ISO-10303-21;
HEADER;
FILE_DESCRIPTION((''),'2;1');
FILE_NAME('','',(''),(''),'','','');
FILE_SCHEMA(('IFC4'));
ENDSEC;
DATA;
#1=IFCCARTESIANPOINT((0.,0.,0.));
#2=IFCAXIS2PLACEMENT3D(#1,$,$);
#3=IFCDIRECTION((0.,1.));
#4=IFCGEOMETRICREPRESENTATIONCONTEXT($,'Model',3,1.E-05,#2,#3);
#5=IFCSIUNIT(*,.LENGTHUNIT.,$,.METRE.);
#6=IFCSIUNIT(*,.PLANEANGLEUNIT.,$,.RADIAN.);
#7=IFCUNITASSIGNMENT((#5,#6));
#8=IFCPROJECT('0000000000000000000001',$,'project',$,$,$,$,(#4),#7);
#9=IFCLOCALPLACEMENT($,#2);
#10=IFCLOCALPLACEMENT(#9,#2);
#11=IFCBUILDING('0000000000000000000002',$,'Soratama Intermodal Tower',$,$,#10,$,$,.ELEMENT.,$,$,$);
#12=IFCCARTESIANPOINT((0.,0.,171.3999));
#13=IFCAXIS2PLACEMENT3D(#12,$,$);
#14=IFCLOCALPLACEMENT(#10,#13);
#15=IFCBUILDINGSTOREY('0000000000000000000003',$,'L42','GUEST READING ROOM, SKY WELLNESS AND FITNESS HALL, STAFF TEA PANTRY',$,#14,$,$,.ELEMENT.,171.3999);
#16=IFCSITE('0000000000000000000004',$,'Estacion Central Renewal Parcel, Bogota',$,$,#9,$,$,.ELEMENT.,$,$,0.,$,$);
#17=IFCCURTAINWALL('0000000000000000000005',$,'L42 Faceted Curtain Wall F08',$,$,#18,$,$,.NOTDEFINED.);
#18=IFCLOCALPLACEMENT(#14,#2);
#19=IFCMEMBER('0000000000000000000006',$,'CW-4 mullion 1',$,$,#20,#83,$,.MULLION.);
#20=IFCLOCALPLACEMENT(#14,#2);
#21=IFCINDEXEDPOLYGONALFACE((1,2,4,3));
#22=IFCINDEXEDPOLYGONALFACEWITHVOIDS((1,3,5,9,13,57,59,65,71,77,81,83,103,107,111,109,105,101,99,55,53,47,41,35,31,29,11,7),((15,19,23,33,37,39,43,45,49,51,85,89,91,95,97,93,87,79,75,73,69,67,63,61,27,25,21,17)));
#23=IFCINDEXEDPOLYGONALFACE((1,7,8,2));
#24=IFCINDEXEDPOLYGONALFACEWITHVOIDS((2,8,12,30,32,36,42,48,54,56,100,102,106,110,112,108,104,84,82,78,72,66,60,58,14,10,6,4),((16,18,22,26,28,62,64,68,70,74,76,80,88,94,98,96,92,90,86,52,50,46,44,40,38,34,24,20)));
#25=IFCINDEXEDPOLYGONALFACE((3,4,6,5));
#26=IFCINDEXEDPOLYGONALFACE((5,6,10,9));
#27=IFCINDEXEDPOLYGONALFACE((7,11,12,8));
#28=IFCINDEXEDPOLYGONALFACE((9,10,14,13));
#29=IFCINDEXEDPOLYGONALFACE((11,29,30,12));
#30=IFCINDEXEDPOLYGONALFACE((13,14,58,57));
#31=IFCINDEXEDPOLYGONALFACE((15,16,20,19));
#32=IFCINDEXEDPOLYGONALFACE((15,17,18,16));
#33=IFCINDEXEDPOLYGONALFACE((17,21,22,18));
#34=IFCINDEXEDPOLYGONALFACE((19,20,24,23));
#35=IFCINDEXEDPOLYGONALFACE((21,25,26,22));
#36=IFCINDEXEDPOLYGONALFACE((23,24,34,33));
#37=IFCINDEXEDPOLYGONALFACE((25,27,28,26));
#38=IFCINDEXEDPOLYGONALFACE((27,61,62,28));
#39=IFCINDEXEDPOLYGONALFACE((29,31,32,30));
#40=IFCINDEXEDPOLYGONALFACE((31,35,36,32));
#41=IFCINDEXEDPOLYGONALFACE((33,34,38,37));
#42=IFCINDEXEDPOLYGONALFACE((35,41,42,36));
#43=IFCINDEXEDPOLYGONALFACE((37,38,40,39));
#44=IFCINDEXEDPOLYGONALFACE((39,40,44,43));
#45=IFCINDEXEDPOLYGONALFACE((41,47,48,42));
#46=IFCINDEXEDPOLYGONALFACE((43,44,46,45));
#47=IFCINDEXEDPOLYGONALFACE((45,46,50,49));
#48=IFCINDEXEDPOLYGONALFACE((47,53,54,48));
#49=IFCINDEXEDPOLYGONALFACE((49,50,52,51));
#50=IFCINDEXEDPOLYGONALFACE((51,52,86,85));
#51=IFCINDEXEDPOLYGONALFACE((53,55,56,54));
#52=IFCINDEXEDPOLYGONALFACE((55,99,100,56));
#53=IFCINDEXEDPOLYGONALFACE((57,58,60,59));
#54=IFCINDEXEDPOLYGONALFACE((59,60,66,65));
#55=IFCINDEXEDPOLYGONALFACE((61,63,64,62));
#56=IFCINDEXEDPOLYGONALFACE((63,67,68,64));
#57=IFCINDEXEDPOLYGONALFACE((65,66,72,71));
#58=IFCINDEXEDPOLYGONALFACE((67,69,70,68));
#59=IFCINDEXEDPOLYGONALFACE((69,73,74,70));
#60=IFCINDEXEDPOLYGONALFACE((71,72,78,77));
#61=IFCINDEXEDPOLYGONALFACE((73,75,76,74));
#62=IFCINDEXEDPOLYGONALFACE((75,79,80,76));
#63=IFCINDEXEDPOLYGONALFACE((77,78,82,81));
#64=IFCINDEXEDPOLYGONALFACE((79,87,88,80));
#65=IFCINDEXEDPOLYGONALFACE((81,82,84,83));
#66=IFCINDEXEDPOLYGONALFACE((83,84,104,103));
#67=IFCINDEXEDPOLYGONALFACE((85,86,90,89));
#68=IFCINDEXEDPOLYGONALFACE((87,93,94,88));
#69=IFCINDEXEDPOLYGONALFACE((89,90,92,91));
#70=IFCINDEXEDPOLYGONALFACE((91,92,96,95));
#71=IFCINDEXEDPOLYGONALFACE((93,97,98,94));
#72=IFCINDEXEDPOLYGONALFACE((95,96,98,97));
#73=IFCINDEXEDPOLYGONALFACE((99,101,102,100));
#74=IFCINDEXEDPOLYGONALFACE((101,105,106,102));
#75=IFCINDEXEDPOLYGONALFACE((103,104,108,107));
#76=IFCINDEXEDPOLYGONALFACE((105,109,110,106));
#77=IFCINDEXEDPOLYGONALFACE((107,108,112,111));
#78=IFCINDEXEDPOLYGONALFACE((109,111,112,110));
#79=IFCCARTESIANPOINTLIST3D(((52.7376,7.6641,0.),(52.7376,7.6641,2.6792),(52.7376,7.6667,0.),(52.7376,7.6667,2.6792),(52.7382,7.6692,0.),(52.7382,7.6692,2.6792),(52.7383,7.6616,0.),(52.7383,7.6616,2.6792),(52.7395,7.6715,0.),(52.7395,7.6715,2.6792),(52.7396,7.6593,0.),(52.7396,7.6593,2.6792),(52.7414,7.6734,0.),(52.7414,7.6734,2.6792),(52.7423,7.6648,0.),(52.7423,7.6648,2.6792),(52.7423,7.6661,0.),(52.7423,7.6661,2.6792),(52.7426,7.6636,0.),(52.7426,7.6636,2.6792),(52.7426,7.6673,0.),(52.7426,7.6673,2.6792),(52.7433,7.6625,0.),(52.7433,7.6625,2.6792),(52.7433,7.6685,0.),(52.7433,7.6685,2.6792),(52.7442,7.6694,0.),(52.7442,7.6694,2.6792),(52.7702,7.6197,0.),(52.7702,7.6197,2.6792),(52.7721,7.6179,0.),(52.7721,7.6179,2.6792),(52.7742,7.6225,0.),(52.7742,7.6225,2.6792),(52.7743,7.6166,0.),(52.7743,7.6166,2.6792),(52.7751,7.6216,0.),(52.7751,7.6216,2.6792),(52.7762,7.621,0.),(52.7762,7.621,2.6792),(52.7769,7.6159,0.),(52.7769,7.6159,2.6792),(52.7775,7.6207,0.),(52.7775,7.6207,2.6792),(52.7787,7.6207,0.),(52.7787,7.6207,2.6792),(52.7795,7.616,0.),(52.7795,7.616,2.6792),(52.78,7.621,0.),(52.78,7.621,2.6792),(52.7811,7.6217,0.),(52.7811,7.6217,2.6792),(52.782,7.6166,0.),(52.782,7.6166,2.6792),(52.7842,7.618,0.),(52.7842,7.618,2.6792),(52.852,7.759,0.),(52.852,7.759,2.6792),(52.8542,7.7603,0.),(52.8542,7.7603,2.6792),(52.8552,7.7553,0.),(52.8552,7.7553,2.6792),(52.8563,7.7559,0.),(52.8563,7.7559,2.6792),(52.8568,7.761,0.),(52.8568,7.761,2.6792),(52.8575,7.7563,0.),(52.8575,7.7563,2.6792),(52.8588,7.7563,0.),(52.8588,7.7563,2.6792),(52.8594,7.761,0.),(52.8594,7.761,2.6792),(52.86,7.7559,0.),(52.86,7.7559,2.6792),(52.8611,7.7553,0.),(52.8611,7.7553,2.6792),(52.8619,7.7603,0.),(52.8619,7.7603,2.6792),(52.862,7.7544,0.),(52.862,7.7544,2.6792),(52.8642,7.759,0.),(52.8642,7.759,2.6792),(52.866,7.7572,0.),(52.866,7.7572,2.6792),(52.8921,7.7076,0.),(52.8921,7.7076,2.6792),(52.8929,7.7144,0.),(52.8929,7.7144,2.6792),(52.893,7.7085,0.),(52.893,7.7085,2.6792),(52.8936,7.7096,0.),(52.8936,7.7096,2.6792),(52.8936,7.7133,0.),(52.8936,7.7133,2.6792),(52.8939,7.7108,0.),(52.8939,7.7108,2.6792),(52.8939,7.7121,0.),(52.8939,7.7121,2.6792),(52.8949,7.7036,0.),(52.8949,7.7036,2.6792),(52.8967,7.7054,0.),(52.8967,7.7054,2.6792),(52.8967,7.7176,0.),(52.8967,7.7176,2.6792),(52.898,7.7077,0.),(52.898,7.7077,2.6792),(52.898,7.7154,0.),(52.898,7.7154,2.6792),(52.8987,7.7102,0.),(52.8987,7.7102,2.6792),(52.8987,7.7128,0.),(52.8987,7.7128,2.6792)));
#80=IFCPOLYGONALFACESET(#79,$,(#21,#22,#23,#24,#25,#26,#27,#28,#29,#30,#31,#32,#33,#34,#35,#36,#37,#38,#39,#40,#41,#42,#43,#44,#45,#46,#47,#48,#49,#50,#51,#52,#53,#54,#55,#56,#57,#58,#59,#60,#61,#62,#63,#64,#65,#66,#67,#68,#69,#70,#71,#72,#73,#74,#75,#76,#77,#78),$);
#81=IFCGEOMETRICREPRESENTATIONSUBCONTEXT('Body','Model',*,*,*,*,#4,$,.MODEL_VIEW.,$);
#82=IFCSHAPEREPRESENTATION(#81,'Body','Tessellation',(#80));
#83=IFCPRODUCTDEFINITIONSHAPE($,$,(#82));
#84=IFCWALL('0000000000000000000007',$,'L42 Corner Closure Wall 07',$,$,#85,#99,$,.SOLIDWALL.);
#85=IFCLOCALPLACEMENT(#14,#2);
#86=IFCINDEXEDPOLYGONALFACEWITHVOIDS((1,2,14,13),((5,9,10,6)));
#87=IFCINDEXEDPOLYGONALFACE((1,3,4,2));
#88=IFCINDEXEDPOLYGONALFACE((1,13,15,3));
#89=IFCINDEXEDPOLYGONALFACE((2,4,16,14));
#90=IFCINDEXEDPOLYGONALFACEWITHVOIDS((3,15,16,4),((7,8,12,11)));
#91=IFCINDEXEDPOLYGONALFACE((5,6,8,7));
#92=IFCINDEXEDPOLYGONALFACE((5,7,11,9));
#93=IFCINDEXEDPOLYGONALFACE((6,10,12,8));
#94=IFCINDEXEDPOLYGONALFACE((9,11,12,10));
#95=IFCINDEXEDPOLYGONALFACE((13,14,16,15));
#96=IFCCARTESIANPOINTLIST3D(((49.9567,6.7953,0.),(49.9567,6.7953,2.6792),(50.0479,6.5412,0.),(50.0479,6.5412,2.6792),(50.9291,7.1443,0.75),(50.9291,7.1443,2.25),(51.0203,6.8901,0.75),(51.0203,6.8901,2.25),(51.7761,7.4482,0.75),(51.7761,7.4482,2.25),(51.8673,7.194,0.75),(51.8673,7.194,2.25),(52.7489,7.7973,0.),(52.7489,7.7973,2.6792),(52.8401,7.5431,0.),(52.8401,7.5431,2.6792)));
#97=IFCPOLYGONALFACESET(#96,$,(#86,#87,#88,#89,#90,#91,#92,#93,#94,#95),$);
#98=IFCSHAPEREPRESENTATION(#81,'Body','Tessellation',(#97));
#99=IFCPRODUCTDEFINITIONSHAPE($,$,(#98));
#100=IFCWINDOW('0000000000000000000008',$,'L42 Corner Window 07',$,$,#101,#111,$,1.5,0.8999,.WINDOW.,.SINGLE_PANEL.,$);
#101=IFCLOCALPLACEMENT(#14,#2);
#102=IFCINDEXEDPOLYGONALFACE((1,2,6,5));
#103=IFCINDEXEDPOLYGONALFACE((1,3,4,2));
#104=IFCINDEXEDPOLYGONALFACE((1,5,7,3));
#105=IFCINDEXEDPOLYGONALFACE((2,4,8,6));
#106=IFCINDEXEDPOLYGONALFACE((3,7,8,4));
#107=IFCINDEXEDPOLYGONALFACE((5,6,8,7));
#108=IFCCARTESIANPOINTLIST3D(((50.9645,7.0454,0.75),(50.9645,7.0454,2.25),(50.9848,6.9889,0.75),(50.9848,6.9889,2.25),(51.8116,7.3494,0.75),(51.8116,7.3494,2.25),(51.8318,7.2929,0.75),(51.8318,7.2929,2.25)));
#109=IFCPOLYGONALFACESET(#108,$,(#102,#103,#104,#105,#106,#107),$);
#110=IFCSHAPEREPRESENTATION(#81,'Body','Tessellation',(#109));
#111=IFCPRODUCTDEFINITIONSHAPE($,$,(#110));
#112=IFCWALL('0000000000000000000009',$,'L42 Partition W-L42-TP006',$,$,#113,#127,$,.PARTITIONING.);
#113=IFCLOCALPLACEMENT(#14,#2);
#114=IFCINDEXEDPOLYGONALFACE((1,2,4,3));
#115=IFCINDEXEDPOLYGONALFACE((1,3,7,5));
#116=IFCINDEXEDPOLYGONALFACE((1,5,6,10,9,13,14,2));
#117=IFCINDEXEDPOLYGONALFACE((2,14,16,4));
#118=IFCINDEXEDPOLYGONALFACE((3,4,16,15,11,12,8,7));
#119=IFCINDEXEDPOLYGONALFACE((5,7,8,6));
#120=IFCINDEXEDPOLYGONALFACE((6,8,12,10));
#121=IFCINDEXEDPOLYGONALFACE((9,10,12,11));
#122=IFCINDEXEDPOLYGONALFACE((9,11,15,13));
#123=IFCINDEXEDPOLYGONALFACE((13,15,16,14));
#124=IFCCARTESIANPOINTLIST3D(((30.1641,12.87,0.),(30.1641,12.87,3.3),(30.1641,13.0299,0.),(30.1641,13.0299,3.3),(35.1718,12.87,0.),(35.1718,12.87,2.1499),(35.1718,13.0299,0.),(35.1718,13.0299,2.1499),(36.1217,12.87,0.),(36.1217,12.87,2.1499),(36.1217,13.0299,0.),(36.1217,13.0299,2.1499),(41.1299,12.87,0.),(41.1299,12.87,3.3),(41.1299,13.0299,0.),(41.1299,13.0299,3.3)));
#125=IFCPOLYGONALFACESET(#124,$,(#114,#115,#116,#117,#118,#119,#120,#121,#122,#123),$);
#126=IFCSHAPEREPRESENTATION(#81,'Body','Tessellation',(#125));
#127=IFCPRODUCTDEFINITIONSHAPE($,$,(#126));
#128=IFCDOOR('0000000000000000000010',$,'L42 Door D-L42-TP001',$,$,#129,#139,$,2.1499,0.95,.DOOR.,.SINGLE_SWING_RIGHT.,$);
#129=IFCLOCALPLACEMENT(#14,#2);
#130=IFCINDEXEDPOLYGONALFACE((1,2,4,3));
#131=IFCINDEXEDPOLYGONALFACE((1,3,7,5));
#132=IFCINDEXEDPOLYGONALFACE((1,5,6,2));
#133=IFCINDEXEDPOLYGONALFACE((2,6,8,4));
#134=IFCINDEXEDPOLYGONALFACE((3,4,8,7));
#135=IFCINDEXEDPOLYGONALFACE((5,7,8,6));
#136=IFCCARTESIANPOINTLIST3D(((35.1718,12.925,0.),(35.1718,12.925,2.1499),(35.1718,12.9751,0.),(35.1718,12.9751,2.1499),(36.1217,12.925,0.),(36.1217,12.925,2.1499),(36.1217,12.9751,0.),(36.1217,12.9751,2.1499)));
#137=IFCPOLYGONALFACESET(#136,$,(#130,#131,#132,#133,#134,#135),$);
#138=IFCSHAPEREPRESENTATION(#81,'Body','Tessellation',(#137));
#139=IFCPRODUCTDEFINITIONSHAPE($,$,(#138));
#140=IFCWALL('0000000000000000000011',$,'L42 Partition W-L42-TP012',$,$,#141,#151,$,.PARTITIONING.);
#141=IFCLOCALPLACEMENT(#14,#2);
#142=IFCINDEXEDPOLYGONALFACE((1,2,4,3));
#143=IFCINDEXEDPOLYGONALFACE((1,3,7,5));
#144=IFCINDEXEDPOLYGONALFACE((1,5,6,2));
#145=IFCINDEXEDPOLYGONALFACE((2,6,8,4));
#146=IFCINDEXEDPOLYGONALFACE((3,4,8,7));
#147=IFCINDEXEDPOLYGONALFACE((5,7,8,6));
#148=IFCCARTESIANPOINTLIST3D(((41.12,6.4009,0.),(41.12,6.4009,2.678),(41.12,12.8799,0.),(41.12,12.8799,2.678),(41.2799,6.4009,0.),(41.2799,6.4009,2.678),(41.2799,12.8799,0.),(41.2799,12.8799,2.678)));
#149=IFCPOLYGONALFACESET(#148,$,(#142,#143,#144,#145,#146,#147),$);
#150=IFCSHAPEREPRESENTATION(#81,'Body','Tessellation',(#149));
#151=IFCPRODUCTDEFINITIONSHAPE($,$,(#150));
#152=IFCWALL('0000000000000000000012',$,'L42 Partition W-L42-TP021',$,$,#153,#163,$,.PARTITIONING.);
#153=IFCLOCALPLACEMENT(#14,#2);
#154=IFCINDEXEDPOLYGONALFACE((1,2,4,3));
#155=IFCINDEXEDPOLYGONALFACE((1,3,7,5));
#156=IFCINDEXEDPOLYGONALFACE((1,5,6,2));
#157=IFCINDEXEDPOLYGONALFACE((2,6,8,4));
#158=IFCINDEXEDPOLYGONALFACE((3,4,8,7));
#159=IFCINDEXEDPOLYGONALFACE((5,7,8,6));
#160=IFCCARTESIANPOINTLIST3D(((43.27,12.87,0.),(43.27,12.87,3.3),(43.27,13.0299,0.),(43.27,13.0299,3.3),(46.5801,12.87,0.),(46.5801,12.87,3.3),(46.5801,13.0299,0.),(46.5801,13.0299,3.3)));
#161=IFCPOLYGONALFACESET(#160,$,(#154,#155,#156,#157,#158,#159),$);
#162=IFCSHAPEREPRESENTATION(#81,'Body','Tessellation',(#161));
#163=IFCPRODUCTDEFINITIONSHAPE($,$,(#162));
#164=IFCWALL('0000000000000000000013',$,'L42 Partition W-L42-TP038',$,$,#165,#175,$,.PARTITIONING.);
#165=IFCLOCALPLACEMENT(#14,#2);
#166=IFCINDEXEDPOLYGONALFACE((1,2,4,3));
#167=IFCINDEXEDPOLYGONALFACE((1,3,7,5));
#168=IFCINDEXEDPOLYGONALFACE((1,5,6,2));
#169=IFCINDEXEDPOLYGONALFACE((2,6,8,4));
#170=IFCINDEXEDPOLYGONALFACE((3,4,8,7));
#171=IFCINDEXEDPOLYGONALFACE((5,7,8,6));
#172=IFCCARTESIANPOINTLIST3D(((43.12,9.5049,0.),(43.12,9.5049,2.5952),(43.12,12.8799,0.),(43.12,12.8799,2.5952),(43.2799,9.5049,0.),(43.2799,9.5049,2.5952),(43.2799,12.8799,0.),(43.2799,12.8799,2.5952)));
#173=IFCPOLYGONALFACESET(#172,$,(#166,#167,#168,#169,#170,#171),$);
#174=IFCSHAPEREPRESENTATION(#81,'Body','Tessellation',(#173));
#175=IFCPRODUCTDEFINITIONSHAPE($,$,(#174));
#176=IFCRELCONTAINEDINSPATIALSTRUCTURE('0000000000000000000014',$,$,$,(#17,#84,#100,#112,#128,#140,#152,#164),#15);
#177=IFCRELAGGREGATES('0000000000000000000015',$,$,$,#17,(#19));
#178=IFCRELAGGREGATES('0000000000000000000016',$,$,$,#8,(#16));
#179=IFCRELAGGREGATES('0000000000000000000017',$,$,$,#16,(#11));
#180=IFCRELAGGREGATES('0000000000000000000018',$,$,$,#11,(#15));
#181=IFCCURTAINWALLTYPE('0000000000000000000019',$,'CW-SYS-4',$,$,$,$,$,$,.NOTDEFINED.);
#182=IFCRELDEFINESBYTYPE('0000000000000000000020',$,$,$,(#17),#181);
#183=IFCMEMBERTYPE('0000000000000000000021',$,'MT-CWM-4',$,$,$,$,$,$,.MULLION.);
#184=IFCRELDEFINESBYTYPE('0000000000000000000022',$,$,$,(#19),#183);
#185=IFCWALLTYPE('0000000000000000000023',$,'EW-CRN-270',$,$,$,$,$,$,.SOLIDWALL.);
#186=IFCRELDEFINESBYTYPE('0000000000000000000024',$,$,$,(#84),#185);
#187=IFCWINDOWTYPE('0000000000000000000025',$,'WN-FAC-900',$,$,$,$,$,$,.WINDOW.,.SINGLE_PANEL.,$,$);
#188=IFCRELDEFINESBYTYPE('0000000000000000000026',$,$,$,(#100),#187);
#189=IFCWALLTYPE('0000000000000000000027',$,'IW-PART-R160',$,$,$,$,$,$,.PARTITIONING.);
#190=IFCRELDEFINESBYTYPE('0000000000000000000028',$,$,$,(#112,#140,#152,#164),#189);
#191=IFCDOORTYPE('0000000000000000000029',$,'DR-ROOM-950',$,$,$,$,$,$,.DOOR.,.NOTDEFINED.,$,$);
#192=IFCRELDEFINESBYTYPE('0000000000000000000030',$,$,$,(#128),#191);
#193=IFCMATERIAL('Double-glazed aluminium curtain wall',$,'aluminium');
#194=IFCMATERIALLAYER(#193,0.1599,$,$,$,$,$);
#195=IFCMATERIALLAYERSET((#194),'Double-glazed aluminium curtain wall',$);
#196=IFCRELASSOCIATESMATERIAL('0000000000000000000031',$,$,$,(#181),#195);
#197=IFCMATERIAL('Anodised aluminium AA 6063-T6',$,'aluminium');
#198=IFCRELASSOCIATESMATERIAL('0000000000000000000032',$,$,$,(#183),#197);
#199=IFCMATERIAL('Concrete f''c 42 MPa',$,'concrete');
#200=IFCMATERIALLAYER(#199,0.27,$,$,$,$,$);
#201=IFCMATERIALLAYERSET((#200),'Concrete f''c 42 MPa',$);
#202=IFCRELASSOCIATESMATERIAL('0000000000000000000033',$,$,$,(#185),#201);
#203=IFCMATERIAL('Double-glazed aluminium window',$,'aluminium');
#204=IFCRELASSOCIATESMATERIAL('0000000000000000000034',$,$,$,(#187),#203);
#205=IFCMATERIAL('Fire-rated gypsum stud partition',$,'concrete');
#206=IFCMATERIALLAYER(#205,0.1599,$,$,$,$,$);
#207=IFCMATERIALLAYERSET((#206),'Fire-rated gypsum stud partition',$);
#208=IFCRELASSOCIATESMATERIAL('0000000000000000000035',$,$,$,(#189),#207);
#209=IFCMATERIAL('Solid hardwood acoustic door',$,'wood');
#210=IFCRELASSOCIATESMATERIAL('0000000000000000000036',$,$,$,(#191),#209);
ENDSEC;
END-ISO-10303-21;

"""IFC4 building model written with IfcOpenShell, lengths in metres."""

from ifc_helpers import new_model, si_unit, direction, frame, frame_2d, origin, origin_2d, place, context, subcontext, project, spatial, rectangle, hollow_rectangle, extrude, material, layer, layer_set, material_profile, profile_set, type_object, element, fill, aggregate, save


model = new_model("IFC4")

# Units and contexts
model_context = context("Model", 3, precision=1e-05, world=origin(), true_north=direction((0.0, 1.0)))
body_context = subcontext(model_context, "Body", "Model", "MODEL_VIEW")
ifc_project = project(units=[si_unit("LENGTHUNIT", "METRE"), si_unit("PLANEANGLEUNIT", "RADIAN")], contexts=[model_context])

# Site, building, storey
site_placement = place(None, origin())
site = spatial("IfcSite", under=ifc_project, at=site_placement, Name="Estacion Central Renewal Parcel, Bogota", CompositionType="ELEMENT", RefElevation=0.0)
building_placement = place(site_placement, origin())
building = spatial("IfcBuilding", under=site, at=building_placement, Name="Soratama Intermodal Tower", CompositionType="ELEMENT")
storey_placement = place(building_placement, frame((0.0, 0.0, 171.3999)))
storey = spatial("IfcBuildingStorey", under=building, at=storey_placement, Name="L42", Description="GUEST READING ROOM, SKY WELLNESS AND FITNESS HALL, STAFF TEA PANTRY", CompositionType="ELEMENT", Elevation=171.3999)

# Curtain wall, member
ifc_material_1 = material(Name="Double-glazed aluminium curtain wall", Category="aluminium")
ifc_layer_1 = layer(ifc_material_1, 0.1599)
ifc_layer_set_1 = layer_set([ifc_layer_1], Name="Double-glazed aluminium curtain wall")
curtain_wall_type = type_object("IfcCurtainWallType", Name="CW-SYS-4", PredefinedType="NOTDEFINED", material=ifc_layer_set_1)
curtain_wall_placement = place(storey_placement, origin())
curtain_wall = element("IfcCurtainWall", 1, at=curtain_wall_placement, inside=storey, type_object=curtain_wall_type, Name="L42 Faceted Curtain Wall F08", PredefinedType="NOTDEFINED")
ifc_material_2 = material(Name="Anodised aluminium AA 6063-T6", Category="aluminium")
ifc_material_profile_1 = material_profile(ifc_material_2, hollow_rectangle(XDim=0.0701, YDim=0.1599, WallThickness=0.0049, InnerFilletRadius=0.0049, OuterFilletRadius=0.01, at=origin_2d()), Name="CWM160X70X5")
ifc_profile_set_1 = profile_set([ifc_material_profile_1], Name="Anodised aluminium AA 6063-T6")
member_type = type_object("IfcMemberType", Name="MT-CWM-4", PredefinedType="MULLION", material=ifc_profile_set_1)
member_placement = place(storey_placement, frame((52.8181, 7.6885, 0.0), z_axis=(0.0, 0.0, 1.0), x_axis=(-0.612073, 0.790801, 0.0)))
member = element("IfcMember", 2, at=member_placement, type_object=member_type, Name="CW-4 mullion 1", PredefinedType="MULLION", context=body_context, shape_type="SweptSolid", body=[
    extrude(hollow_rectangle(XDim=0.0701, YDim=0.1599, WallThickness=0.0049, InnerFilletRadius=0.0049, OuterFilletRadius=0.01, at=origin_2d()), origin(), (0.0, 0.0, 1.0), 2.6792),
])
aggregate(curtain_wall, [member])

# Wall, opening, window
ifc_material_3 = material(Name="Concrete f'c 42 MPa", Category="concrete")
ifc_layer_2 = layer(ifc_material_3, 0.27)
ifc_layer_set_2 = layer_set([ifc_layer_2], Name="Concrete f'c 42 MPa")
wall_type_1 = type_object("IfcWallType", Name="EW-CRN-270", PredefinedType="SOLIDWALL", material=ifc_layer_set_2)
wall_1_placement = place(storey_placement, frame((50.0022, 6.6682, 0.0), z_axis=(0.0, 0.0, 1.0), x_axis=(0.941236, 0.337749, 0.0)))
wall_1 = element("IfcWall", 3, at=wall_1_placement, inside=storey, type_object=wall_type_1, Name="L42 Corner Closure Wall 07", PredefinedType="SOLIDWALL", context=body_context, shape_type="SweptSolid", body=[
    extrude(rectangle(XDim=2.9666, YDim=0.27, at=frame_2d((1.4834, 0.0))), origin(), (0.0, 0.0, 1.0), 2.6792),
])
opening_1_placement = place(wall_1_placement, frame((1.0332, 0.0, 0.75)))
opening_1 = element("IfcOpeningElement", 4, at=opening_1_placement, cuts=wall_1, PredefinedType="OPENING", context=body_context, shape_type="SweptSolid", body=[
    extrude(rectangle(XDim=0.8999, YDim=1.5, at=frame_2d((0.45, 0.75))), frame((0.0, 0.145, 0.0), z_axis=(0.0, -1.0, 0.0), x_axis=(1.0, 0.0, 0.0)), (0.0, 0.0, 1.0), 0.29),
])
ifc_material_4 = material(Name="Double-glazed aluminium window", Category="aluminium")
window_type = type_object("IfcWindowType", Name="WN-FAC-900", PartitioningType="SINGLE_PANEL", PredefinedType="WINDOW", material=ifc_material_4)
window_placement = place(opening_1_placement, origin())
window = element("IfcWindow", 5, at=window_placement, inside=storey, type_object=window_type, Name="L42 Corner Window 07", OverallHeight=1.5, OverallWidth=0.8999, PartitioningType="SINGLE_PANEL", PredefinedType="WINDOW", context=body_context, shape_type="SweptSolid", body=[
    extrude(rectangle(XDim=0.8999, YDim=1.5, at=frame_2d((0.45, 0.75))), frame((0.0, 0.03, 0.0), z_axis=(0.0, -1.0, 0.0), x_axis=(1.0, 0.0, 0.0)), (0.0, 0.0, 1.0), 0.0601),
])
fill(opening_1, window)

# Wall, opening, door
ifc_material_5 = material(Name="Fire-rated gypsum stud partition", Category="concrete")
ifc_layer_3 = layer(ifc_material_5, 0.1599)
ifc_layer_set_3 = layer_set([ifc_layer_3], Name="Fire-rated gypsum stud partition")
wall_type_2 = type_object("IfcWallType", Name="IW-PART-R160", PredefinedType="PARTITIONING", material=ifc_layer_set_3)
wall_2_placement = place(storey_placement, frame((41.1299, 12.95, 0.0), z_axis=(0.0, 0.0, 1.0), x_axis=(-1.0, 0.0, 0.0)))
wall_2 = element("IfcWall", 6, at=wall_2_placement, inside=storey, type_object=wall_type_2, Name="L42 Partition W-L42-TP006", PredefinedType="PARTITIONING", context=body_context, shape_type="SweptSolid", body=[
    extrude(rectangle(XDim=10.9658, YDim=0.1599, at=frame_2d((5.4829, 0.0))), origin(), (0.0, 0.0, 1.0), 3.3),
])
opening_2_placement = place(wall_2_placement, frame((5.0081, 0.0, 0.0)))
opening_2 = element("IfcOpeningElement", 7, at=opening_2_placement, cuts=wall_2, PredefinedType="OPENING", context=body_context, shape_type="SweptSolid", body=[
    extrude(rectangle(XDim=0.95, YDim=2.1499, at=frame_2d((0.4751, 1.075))), frame((0.0, 0.0898, 0.0), z_axis=(0.0, -1.0, 0.0), x_axis=(1.0, 0.0, 0.0)), (0.0, 0.0, 1.0), 0.1799),
])
ifc_material_6 = material(Name="Solid hardwood acoustic door", Category="wood")
door_type = type_object("IfcDoorType", Name="DR-ROOM-950", OperationType="NOTDEFINED", PredefinedType="DOOR", material=ifc_material_6)
door_placement = place(opening_2_placement, origin())
door = element("IfcDoor", 8, at=door_placement, inside=storey, type_object=door_type, Name="L42 Door D-L42-TP001", OperationType="SINGLE_SWING_RIGHT", OverallHeight=2.1499, OverallWidth=0.95, PredefinedType="DOOR", context=body_context, shape_type="SweptSolid", body=[
    extrude(rectangle(XDim=0.95, YDim=2.1499, at=frame_2d((0.4751, 1.075))), frame((0.0, 0.0249, 0.0), z_axis=(0.0, -1.0, 0.0), x_axis=(1.0, 0.0, 0.0)), (0.0, 0.0, 1.0), 0.05),
])
fill(opening_2, door)

# Walls
wall_3_placement = place(storey_placement, frame((41.2, 6.4009, 0.0), z_axis=(0.0, 0.0, 1.0), x_axis=(0.0, 1.0, 0.0)))
element("IfcWall", 9, at=wall_3_placement, inside=storey, type_object=wall_type_2, Name="L42 Partition W-L42-TP012", PredefinedType="PARTITIONING", context=body_context, shape_type="SweptSolid", body=[
    extrude(rectangle(XDim=6.479, YDim=0.1599, at=frame_2d((3.2395, 0.0))), origin(), (0.0, 0.0, 1.0), 2.678),
])
wall_4_placement = place(storey_placement, frame((46.5801, 12.95, 0.0), z_axis=(0.0, 0.0, 1.0), x_axis=(-1.0, 0.0, 0.0)))
element("IfcWall", 10, at=wall_4_placement, inside=storey, type_object=wall_type_2, Name="L42 Partition W-L42-TP021", PredefinedType="PARTITIONING", context=body_context, shape_type="SweptSolid", body=[
    extrude(rectangle(XDim=3.3101, YDim=0.1599, at=frame_2d((1.655, 0.0))), origin(), (0.0, 0.0, 1.0), 3.3),
])
wall_5_placement = place(storey_placement, frame((43.2, 12.8799, 0.0), z_axis=(0.0, 0.0, 1.0), x_axis=(0.0, -1.0, 0.0)))
element("IfcWall", 11, at=wall_5_placement, inside=storey, type_object=wall_type_2, Name="L42 Partition W-L42-TP038", PredefinedType="PARTITIONING", context=body_context, shape_type="SweptSolid", body=[
    extrude(rectangle(XDim=3.375, YDim=0.1599, at=frame_2d((1.6875, 0.0))), origin(), (0.0, 0.0, 1.0), 2.5952),
])

save(model, "model.ifc")
